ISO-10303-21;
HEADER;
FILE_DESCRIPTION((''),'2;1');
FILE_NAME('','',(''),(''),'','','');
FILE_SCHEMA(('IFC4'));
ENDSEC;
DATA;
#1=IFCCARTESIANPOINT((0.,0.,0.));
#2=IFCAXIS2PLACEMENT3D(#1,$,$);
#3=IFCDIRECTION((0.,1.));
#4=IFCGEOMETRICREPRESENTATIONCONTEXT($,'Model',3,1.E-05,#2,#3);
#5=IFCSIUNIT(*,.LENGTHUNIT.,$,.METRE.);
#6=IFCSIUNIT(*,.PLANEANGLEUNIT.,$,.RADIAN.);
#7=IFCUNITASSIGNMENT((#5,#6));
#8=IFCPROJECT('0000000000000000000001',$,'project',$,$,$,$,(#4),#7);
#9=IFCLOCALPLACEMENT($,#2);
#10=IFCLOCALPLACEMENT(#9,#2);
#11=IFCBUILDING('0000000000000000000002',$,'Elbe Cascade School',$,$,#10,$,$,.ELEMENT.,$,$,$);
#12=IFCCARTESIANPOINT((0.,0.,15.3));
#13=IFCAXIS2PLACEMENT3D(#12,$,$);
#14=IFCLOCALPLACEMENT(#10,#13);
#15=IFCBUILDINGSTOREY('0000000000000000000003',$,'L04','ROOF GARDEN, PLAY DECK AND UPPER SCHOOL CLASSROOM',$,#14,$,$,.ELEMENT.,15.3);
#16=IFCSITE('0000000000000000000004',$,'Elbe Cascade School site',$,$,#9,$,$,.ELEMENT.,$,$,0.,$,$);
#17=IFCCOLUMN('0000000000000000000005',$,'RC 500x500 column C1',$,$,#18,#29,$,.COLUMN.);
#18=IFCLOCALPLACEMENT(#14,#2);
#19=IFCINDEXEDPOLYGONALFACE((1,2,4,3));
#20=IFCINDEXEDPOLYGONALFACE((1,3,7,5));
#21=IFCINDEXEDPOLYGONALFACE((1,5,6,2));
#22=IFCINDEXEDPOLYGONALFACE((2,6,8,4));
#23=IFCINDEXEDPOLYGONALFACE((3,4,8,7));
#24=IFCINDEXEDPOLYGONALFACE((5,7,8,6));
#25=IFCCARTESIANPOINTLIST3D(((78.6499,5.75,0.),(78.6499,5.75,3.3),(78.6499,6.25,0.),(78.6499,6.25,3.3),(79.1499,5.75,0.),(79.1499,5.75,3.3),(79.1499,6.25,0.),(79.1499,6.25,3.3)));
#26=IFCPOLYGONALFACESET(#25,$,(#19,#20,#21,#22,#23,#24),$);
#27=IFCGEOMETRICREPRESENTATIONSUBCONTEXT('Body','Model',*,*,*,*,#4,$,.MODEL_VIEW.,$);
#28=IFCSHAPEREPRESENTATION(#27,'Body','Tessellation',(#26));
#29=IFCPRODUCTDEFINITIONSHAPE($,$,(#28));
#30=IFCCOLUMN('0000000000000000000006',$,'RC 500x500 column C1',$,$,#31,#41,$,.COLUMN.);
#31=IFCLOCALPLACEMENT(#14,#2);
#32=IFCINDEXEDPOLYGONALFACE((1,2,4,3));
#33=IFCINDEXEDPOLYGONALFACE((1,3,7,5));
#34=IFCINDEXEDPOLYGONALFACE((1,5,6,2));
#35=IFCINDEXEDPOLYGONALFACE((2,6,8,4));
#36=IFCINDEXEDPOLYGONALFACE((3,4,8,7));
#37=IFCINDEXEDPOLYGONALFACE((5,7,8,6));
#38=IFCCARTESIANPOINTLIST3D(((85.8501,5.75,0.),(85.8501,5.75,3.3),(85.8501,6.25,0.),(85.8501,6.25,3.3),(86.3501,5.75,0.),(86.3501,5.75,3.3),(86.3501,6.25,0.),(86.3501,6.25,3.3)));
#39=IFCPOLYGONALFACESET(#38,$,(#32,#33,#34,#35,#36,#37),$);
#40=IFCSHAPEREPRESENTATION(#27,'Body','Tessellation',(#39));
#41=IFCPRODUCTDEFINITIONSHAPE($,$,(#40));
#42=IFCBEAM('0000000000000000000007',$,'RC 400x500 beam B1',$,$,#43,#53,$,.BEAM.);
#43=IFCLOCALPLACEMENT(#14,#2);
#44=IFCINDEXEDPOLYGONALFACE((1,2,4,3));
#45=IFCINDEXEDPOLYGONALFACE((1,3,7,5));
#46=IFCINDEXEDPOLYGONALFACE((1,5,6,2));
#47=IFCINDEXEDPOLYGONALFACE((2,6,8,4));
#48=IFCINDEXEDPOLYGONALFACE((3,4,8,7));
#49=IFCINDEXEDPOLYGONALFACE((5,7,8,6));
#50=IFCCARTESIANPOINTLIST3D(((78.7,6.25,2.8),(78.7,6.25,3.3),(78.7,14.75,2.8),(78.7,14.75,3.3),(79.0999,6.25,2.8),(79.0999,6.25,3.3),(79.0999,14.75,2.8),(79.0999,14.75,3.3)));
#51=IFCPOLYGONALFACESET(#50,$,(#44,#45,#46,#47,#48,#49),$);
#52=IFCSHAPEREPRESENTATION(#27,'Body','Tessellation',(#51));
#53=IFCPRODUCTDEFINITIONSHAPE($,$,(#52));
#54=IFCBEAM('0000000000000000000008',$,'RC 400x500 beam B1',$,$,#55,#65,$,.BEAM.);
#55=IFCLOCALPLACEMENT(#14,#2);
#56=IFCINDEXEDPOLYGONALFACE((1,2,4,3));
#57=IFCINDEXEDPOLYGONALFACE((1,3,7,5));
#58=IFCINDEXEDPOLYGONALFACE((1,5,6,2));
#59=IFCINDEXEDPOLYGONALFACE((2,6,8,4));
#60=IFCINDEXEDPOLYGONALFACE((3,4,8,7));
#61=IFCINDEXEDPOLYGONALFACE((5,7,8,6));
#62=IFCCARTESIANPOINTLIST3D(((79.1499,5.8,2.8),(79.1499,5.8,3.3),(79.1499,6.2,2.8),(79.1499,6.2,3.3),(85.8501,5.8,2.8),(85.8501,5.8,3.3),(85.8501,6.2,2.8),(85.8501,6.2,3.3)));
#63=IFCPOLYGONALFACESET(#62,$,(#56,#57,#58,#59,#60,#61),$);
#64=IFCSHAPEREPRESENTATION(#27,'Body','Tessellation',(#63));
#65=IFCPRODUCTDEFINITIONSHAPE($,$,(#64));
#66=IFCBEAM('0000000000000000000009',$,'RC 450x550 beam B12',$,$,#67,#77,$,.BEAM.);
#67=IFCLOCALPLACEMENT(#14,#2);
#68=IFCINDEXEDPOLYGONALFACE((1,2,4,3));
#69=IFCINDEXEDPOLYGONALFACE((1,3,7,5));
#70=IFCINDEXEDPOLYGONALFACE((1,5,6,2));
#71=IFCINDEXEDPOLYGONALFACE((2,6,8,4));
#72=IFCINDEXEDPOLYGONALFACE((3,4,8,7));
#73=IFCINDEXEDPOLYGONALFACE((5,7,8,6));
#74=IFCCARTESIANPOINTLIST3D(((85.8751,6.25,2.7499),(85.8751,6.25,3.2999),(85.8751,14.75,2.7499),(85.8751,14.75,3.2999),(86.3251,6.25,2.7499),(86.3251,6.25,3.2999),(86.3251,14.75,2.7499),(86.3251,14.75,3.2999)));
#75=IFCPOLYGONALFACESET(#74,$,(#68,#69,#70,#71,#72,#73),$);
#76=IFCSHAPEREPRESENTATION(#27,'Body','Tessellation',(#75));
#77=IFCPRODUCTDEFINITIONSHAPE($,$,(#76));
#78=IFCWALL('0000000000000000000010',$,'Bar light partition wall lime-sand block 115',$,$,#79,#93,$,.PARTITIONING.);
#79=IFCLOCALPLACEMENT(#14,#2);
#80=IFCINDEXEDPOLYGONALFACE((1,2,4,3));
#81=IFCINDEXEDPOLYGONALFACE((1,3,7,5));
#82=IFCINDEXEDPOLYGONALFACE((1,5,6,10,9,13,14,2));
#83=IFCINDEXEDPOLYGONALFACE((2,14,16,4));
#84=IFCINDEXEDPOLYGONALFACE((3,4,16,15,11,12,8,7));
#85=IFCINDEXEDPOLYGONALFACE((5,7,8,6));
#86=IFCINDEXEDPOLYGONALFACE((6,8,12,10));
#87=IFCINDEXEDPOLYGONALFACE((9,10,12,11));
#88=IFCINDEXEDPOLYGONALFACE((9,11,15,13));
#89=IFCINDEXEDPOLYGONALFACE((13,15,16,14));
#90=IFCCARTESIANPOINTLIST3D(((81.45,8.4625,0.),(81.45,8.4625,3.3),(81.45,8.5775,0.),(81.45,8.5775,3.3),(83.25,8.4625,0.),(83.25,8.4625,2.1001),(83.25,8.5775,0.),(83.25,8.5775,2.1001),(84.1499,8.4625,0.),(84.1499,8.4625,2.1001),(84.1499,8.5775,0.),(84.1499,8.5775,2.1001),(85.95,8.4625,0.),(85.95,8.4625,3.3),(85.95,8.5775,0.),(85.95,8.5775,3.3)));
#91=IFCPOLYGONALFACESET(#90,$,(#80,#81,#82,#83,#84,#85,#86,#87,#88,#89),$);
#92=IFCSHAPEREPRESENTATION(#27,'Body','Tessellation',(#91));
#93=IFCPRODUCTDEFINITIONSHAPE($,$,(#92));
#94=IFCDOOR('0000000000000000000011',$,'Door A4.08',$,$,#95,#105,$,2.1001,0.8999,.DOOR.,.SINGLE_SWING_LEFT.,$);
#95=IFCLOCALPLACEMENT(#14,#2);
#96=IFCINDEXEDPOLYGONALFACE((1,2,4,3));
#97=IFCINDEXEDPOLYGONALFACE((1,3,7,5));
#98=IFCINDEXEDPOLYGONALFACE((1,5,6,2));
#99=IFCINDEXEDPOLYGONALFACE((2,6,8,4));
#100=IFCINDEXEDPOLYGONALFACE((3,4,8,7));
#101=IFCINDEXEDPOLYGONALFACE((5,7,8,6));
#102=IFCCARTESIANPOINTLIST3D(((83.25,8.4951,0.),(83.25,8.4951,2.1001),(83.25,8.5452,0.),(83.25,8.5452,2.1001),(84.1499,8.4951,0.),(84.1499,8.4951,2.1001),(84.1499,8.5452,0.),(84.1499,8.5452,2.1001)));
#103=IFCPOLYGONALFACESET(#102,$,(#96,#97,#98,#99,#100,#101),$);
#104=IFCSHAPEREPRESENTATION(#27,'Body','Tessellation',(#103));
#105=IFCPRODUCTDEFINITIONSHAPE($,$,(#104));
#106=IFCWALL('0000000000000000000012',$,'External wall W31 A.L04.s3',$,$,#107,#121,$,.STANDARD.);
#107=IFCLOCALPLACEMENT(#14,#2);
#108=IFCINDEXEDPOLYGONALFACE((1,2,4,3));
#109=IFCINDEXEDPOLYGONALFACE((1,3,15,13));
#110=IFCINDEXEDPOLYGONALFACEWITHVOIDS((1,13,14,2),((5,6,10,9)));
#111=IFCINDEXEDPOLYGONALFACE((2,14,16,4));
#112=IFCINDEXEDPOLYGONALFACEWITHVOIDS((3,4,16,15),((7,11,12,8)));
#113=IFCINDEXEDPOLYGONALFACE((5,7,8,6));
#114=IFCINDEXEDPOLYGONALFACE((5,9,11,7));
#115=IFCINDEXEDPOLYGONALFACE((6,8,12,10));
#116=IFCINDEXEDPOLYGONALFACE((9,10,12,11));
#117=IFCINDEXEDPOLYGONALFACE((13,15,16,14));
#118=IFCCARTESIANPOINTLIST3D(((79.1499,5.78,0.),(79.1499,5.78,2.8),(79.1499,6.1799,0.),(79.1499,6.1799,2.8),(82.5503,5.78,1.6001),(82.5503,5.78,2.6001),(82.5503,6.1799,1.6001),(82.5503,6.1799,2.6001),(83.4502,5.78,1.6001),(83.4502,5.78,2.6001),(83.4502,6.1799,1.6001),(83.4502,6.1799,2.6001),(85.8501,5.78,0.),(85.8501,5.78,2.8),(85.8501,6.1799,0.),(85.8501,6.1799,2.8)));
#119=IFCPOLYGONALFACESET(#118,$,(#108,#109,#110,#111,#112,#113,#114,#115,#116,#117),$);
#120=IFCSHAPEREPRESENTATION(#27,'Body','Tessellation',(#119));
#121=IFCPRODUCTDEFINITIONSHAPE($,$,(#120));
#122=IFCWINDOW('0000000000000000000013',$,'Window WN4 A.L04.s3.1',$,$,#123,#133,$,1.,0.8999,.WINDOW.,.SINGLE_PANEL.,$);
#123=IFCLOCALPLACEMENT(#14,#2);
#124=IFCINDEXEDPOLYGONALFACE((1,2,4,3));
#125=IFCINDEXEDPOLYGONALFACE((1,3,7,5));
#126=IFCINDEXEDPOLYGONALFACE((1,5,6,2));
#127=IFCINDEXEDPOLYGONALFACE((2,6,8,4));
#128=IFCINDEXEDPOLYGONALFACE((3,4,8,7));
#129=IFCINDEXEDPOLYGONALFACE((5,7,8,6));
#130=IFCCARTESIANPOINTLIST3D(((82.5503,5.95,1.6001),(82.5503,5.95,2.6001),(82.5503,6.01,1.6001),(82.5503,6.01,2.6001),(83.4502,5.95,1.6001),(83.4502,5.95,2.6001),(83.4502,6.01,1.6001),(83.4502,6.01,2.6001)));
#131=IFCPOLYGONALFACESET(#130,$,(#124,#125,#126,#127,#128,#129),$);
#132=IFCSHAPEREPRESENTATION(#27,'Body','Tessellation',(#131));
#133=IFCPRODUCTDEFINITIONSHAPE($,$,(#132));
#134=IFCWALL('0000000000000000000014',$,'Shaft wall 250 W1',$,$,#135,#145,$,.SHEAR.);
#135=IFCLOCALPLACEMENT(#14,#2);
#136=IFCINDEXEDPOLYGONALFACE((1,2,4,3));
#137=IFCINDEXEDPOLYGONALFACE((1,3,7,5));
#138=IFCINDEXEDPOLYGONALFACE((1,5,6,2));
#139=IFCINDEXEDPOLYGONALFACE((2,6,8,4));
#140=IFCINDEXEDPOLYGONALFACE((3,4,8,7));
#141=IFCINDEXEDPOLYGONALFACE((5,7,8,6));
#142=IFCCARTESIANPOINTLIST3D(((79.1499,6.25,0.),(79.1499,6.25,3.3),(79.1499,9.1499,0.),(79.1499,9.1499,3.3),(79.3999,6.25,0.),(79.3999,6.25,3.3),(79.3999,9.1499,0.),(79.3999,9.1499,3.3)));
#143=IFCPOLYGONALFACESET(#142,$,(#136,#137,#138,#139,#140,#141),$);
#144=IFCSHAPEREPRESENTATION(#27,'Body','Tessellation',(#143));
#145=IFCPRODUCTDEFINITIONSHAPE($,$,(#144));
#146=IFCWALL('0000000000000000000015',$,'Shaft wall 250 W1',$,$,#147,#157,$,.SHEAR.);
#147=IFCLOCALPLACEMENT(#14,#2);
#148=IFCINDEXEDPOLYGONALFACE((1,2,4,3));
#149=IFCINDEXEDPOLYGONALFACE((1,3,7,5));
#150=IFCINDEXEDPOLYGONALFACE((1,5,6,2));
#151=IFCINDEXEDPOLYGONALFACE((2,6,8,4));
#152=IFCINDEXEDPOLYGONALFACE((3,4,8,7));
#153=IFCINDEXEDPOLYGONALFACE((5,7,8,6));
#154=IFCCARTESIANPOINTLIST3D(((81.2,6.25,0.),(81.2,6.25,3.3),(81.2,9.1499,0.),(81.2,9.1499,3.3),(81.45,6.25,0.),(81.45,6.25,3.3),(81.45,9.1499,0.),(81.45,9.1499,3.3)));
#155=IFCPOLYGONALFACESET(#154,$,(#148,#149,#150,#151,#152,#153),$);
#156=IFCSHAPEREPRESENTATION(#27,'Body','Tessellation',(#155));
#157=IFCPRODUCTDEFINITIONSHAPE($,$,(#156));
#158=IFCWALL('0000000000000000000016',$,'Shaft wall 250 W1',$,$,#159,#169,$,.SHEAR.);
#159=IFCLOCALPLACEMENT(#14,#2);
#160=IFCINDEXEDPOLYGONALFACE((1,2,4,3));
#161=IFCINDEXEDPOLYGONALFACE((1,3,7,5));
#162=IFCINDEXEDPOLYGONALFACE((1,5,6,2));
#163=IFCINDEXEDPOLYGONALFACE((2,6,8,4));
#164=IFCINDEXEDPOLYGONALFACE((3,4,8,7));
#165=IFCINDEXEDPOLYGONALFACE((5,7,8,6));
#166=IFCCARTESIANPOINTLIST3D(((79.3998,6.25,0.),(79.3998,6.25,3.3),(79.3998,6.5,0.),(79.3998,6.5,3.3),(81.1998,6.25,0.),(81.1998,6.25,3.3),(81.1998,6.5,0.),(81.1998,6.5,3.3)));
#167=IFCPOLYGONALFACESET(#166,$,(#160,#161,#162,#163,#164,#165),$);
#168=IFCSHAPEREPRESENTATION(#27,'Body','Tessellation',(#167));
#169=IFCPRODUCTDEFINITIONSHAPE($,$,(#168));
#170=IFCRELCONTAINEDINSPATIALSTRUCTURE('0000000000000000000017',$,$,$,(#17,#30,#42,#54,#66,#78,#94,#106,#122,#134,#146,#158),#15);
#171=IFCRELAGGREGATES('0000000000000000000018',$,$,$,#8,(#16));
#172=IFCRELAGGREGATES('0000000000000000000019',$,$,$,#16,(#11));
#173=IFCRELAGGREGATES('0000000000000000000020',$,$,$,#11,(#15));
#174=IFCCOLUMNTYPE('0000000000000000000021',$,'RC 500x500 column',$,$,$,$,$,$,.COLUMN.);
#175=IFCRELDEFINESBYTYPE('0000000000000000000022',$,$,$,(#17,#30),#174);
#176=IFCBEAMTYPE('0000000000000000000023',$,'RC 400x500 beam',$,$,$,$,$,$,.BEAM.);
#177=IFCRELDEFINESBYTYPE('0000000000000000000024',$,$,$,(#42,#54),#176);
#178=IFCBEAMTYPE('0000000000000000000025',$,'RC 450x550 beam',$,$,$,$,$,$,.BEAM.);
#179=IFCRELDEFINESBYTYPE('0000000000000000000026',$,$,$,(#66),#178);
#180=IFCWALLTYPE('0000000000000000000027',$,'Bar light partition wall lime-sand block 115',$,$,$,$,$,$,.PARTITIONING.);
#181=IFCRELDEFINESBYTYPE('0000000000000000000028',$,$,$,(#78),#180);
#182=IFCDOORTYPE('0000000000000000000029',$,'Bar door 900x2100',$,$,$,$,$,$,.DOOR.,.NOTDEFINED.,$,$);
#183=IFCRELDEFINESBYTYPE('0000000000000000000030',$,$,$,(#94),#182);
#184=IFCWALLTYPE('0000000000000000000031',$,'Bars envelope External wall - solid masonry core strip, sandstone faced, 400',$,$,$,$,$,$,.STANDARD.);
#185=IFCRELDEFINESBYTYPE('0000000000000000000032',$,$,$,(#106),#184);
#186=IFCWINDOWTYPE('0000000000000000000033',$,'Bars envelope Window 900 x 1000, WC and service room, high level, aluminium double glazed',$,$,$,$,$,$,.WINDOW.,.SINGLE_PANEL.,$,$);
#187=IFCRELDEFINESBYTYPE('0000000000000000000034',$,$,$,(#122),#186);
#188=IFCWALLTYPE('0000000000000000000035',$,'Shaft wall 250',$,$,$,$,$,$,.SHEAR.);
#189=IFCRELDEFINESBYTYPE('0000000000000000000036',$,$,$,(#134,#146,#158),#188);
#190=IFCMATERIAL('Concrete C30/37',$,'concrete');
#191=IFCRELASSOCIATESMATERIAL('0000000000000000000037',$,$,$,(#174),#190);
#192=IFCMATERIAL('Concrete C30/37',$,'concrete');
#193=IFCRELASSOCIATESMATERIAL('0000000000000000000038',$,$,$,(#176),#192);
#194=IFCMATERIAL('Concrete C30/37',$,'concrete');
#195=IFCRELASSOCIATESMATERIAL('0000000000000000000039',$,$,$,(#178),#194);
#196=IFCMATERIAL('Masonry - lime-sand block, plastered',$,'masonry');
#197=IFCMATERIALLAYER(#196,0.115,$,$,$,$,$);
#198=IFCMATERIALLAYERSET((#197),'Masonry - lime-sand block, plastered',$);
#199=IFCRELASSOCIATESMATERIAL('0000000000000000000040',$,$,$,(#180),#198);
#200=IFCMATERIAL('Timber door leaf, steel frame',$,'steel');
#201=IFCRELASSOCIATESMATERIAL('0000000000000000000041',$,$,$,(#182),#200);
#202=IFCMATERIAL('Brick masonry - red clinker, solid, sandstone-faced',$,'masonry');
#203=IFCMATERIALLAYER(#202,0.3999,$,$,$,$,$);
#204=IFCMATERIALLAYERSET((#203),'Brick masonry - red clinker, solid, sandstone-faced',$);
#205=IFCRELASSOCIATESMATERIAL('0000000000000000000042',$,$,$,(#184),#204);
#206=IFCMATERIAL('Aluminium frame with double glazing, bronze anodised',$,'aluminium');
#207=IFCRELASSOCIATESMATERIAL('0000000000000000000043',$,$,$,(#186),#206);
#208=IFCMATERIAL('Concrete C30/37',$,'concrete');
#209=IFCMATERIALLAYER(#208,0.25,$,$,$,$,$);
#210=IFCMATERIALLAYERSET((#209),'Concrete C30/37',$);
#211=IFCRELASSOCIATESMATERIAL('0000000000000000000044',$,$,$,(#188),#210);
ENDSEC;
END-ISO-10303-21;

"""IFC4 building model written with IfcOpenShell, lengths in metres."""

from ifc_helpers import new_model, si_unit, direction, frame, frame_2d, origin, origin_2d, place, context, subcontext, project, spatial, rectangle, extrude, material, layer, layer_set, material_profile, profile_set, type_object, element, fill, save


model = new_model("IFC4")

# Units and contexts
model_context = context("Model", 3, precision=1e-05, world=origin(), true_north=direction((0.0, 1.0)))
body_context = subcontext(model_context, "Body", "Model", "MODEL_VIEW")
ifc_project = project(units=[si_unit("LENGTHUNIT", "METRE"), si_unit("PLANEANGLEUNIT", "RADIAN")], contexts=[model_context])

# Site, building, storey
site_placement = place(None, origin())
site = spatial("IfcSite", under=ifc_project, at=site_placement, Name="Elbe Cascade School site", CompositionType="ELEMENT", RefElevation=0.0)
building_placement = place(site_placement, origin())
building = spatial("IfcBuilding", under=site, at=building_placement, Name="Elbe Cascade School", CompositionType="ELEMENT")
storey_placement = place(building_placement, frame((0.0, 0.0, 15.3)))
storey = spatial("IfcBuildingStorey", under=building, at=storey_placement, Name="L04", Description="ROOF GARDEN, PLAY DECK AND UPPER SCHOOL CLASSROOM", CompositionType="ELEMENT", Elevation=15.3)

# Columns
ifc_material_1 = material(Name="Concrete C30/37", Category="concrete")
ifc_material_profile_1 = material_profile(ifc_material_1, rectangle(XDim=0.5, YDim=0.5, at=origin_2d()), Name="RC 500x500")
ifc_profile_set_1 = profile_set([ifc_material_profile_1], Name="Concrete C30/37")
column_type = type_object("IfcColumnType", Name="RC 500x500 column", PredefinedType="COLUMN", material=ifc_profile_set_1)
for number, where, z_axis, x_axis, name in (
    (1, (78.8999, 6.0, 0.0), (0.0, 0.0, 1.0), (1.0, 0.0, 0.0), "RC 500x500 column C1"),
    (2, (86.1001, 6.0, 0.0), (0.0, 0.0, 1.0), (1.0, 0.0, 0.0), "RC 500x500 column C1"),
):
    element("IfcColumn", number, at=place(storey_placement, frame(where, z_axis=z_axis, x_axis=x_axis)), inside=storey, type_object=column_type, Name=name, PredefinedType="COLUMN", context=body_context, shape_type="SweptSolid", body=[
        extrude(rectangle(XDim=0.5, YDim=0.5, at=origin_2d()), origin(), (0.0, 0.0, 1.0), 3.3),
    ])

# Beams
ifc_material_2 = material(Name="Concrete C30/37", Category="concrete")
ifc_material_profile_2 = material_profile(ifc_material_2, rectangle(XDim=0.3999, YDim=0.5, at=origin_2d()), Name="RC 400x500")
ifc_profile_set_2 = profile_set([ifc_material_profile_2], Name="Concrete C30/37")
beam_type_1 = type_object("IfcBeamType", Name="RC 400x500 beam", PredefinedType="BEAM", material=ifc_profile_set_2)
beam_1_placement = place(storey_placement, frame((78.8999, 6.25, 3.05), z_axis=(0.0, 1.0, 0.0), x_axis=(-1.0, 0.0, 0.0)))
element("IfcBeam", 3, at=beam_1_placement, inside=storey, type_object=beam_type_1, Name="RC 400x500 beam B1", PredefinedType="BEAM", context=body_context, shape_type="SweptSolid", body=[
    extrude(rectangle(XDim=0.3999, YDim=0.5, at=origin_2d()), origin(), (0.0, 0.0, 1.0), 8.5),
])
beam_2_placement = place(storey_placement, frame((79.1499, 6.0, 3.05), z_axis=(1.0, 0.0, 0.0), x_axis=(0.0, 1.0, 0.0)))
element("IfcBeam", 4, at=beam_2_placement, inside=storey, type_object=beam_type_1, Name="RC 400x500 beam B1", PredefinedType="BEAM", context=body_context, shape_type="SweptSolid", body=[
    extrude(rectangle(XDim=0.3999, YDim=0.5, at=origin_2d()), origin(), (0.0, 0.0, 1.0), 6.7002),
])
ifc_material_3 = material(Name="Concrete C30/37", Category="concrete")
ifc_material_profile_3 = material_profile(ifc_material_3, rectangle(XDim=0.45, YDim=0.55, at=origin_2d()), Name="RC 450x550")
ifc_profile_set_3 = profile_set([ifc_material_profile_3], Name="Concrete C30/37")
beam_type_2 = type_object("IfcBeamType", Name="RC 450x550 beam", PredefinedType="BEAM", material=ifc_profile_set_3)
beam_3_placement = place(storey_placement, frame((86.1001, 6.25, 3.0249), z_axis=(0.0, 1.0, 0.0), x_axis=(-1.0, 0.0, 0.0)))
element("IfcBeam", 5, at=beam_3_placement, inside=storey, type_object=beam_type_2, Name="RC 450x550 beam B12", PredefinedType="BEAM", context=body_context, shape_type="SweptSolid", body=[
    extrude(rectangle(XDim=0.45, YDim=0.55, at=origin_2d()), origin(), (0.0, 0.0, 1.0), 8.5),
])

# Wall, opening, door
ifc_material_4 = material(Name="Masonry - lime-sand block, plastered", Category="masonry")
ifc_layer_1 = layer(ifc_material_4, 0.115)
ifc_layer_set_1 = layer_set([ifc_layer_1], Name="Masonry - lime-sand block, plastered")
wall_type_1 = type_object("IfcWallType", Name="Bar light partition wall lime-sand block 115", PredefinedType="PARTITIONING", material=ifc_layer_set_1)
wall_1_placement = place(storey_placement, frame((85.95, 8.52, 0.0), z_axis=(0.0, 0.0, 1.0), x_axis=(-1.0, 0.0, 0.0)))
wall_1 = element("IfcWall", 6, at=wall_1_placement, inside=storey, type_object=wall_type_1, Name="Bar light partition wall lime-sand block 115", PredefinedType="PARTITIONING", context=body_context, shape_type="SweptSolid", body=[
    extrude(rectangle(XDim=4.5, YDim=0.115, at=frame_2d((2.25, 0.0))), origin(), (0.0, 0.0, 1.0), 3.3),
])
opening_1_placement = place(wall_1_placement, frame((1.8, 0.0, 0.0)))
opening_1 = element("IfcOpeningElement", 7, at=opening_1_placement, cuts=wall_1, PredefinedType="OPENING", context=body_context, shape_type="SweptSolid", body=[
    extrude(rectangle(XDim=0.8999, YDim=2.1001, at=frame_2d((0.45, 1.05))), frame((0.0, 0.0674, 0.0), z_axis=(0.0, -1.0, 0.0), x_axis=(1.0, 0.0, 0.0)), (0.0, 0.0, 1.0), 0.135),
])
ifc_material_5 = material(Name="Timber door leaf, steel frame", Category="steel")
door_type_1 = type_object("IfcDoorType", Name="Bar door 900x2100", OperationType="NOTDEFINED", PredefinedType="DOOR", material=ifc_material_5)
door_1_placement = place(opening_1_placement, origin())
door_1 = element("IfcDoor", 8, at=door_1_placement, inside=storey, type_object=door_type_1, Name="Door A4.08", OperationType="SINGLE_SWING_LEFT", OverallHeight=2.1001, OverallWidth=0.8999, PredefinedType="DOOR", context=body_context, shape_type="SweptSolid", body=[
    extrude(rectangle(XDim=0.8999, YDim=2.1001, at=frame_2d((0.45, 1.05))), frame((0.0, 0.0249, 0.0), z_axis=(0.0, -1.0, 0.0), x_axis=(1.0, 0.0, 0.0)), (0.0, 0.0, 1.0), 0.05),
])
fill(opening_1, door_1)

# Wall, opening, window
ifc_material_6 = material(Name="Brick masonry - red clinker, solid, sandstone-faced", Category="masonry")
ifc_layer_2 = layer(ifc_material_6, 0.3999)
ifc_layer_set_2 = layer_set([ifc_layer_2], Name="Brick masonry - red clinker, solid, sandstone-faced")
wall_type_2 = type_object("IfcWallType", Name="Bars envelope External wall - solid masonry core strip, sandstone faced, 400", PredefinedType="STANDARD", material=ifc_layer_set_2)
wall_2_placement = place(storey_placement, frame((85.8501, 5.98, 0.0), z_axis=(0.0, 0.0, 1.0), x_axis=(-1.0, 0.0, 0.0)))
wall_2 = element("IfcWall", 9, at=wall_2_placement, inside=storey, type_object=wall_type_2, Name="External wall W31 A.L04.s3", PredefinedType="STANDARD", context=body_context, shape_type="SweptSolid", body=[
    extrude(rectangle(XDim=6.7002, YDim=0.3999, at=frame_2d((3.3501, 0.0))), origin(), (0.0, 0.0, 1.0), 2.8),
])
opening_2_placement = place(wall_2_placement, frame((2.3999, 0.0, 1.6001)))
opening_2 = element("IfcOpeningElement", 10, at=opening_2_placement, cuts=wall_2, PredefinedType="OPENING", context=body_context, shape_type="SweptSolid", body=[
    extrude(rectangle(XDim=0.8999, YDim=1.0, at=frame_2d((0.45, 0.5))), frame((0.0, 0.21, 0.0), z_axis=(0.0, -1.0, 0.0), x_axis=(1.0, 0.0, 0.0)), (0.0, 0.0, 1.0), 0.4199),
])
ifc_material_7 = material(Name="Aluminium frame with double glazing, bronze anodised", Category="aluminium")
window_type = type_object("IfcWindowType", Name="Bars envelope Window 900 x 1000, WC and service room, high level, aluminium double glazed", PartitioningType="SINGLE_PANEL", PredefinedType="WINDOW", material=ifc_material_7)
window_placement = place(opening_2_placement, origin())
window = element("IfcWindow", 11, at=window_placement, inside=storey, type_object=window_type, Name="Window WN4 A.L04.s3.1", OverallHeight=1.0, OverallWidth=0.8999, PartitioningType="SINGLE_PANEL", PredefinedType="WINDOW", context=body_context, shape_type="SweptSolid", body=[
    extrude(rectangle(XDim=0.8999, YDim=1.0, at=frame_2d((0.45, 0.5))), frame((0.0, 0.03, 0.0), z_axis=(0.0, -1.0, 0.0), x_axis=(1.0, 0.0, 0.0)), (0.0, 0.0, 1.0), 0.0601),
])
fill(opening_2, window)

# Walls
ifc_material_8 = material(Name="Concrete C30/37", Category="concrete")
ifc_layer_3 = layer(ifc_material_8, 0.25)
ifc_layer_set_3 = layer_set([ifc_layer_3], Name="Concrete C30/37")
wall_type_3 = type_object("IfcWallType", Name="Shaft wall 250", PredefinedType="SHEAR", material=ifc_layer_set_3)
for number, where, z_axis, x_axis, name in (
    (12, (79.2749, 6.25, 0.0), (0.0, 0.0, 1.0), (0.0, 1.0, 0.0), "Shaft wall 250 W1"),
    (13, (81.325, 6.25, 0.0), (0.0, 0.0, 1.0), (0.0, 1.0, 0.0), "Shaft wall 250 W1"),
):
    element("IfcWall", number, at=place(storey_placement, frame(where, z_axis=z_axis, x_axis=x_axis)), inside=storey, type_object=wall_type_3, Name=name, PredefinedType="SHEAR", context=body_context, shape_type="SweptSolid", body=[
        extrude(rectangle(XDim=2.8999, YDim=0.25, at=frame_2d((1.45, 0.0))), origin(), (0.0, 0.0, 1.0), 3.3),
    ])
wall_3_placement = place(storey_placement, frame((79.3999, 6.375, 0.0), z_axis=(0.0, 0.0, 1.0), x_axis=(1.0, 0.0, 0.0)))
element("IfcWall", 14, at=wall_3_placement, inside=storey, type_object=wall_type_3, Name="Shaft wall 250 W1", PredefinedType="SHEAR", context=body_context, shape_type="SweptSolid", body=[
    extrude(rectangle(XDim=1.8, YDim=0.25, at=frame_2d((0.8999, 0.0))), origin(), (0.0, 0.0, 1.0), 3.3),
])

save(model, "model.ifc")
